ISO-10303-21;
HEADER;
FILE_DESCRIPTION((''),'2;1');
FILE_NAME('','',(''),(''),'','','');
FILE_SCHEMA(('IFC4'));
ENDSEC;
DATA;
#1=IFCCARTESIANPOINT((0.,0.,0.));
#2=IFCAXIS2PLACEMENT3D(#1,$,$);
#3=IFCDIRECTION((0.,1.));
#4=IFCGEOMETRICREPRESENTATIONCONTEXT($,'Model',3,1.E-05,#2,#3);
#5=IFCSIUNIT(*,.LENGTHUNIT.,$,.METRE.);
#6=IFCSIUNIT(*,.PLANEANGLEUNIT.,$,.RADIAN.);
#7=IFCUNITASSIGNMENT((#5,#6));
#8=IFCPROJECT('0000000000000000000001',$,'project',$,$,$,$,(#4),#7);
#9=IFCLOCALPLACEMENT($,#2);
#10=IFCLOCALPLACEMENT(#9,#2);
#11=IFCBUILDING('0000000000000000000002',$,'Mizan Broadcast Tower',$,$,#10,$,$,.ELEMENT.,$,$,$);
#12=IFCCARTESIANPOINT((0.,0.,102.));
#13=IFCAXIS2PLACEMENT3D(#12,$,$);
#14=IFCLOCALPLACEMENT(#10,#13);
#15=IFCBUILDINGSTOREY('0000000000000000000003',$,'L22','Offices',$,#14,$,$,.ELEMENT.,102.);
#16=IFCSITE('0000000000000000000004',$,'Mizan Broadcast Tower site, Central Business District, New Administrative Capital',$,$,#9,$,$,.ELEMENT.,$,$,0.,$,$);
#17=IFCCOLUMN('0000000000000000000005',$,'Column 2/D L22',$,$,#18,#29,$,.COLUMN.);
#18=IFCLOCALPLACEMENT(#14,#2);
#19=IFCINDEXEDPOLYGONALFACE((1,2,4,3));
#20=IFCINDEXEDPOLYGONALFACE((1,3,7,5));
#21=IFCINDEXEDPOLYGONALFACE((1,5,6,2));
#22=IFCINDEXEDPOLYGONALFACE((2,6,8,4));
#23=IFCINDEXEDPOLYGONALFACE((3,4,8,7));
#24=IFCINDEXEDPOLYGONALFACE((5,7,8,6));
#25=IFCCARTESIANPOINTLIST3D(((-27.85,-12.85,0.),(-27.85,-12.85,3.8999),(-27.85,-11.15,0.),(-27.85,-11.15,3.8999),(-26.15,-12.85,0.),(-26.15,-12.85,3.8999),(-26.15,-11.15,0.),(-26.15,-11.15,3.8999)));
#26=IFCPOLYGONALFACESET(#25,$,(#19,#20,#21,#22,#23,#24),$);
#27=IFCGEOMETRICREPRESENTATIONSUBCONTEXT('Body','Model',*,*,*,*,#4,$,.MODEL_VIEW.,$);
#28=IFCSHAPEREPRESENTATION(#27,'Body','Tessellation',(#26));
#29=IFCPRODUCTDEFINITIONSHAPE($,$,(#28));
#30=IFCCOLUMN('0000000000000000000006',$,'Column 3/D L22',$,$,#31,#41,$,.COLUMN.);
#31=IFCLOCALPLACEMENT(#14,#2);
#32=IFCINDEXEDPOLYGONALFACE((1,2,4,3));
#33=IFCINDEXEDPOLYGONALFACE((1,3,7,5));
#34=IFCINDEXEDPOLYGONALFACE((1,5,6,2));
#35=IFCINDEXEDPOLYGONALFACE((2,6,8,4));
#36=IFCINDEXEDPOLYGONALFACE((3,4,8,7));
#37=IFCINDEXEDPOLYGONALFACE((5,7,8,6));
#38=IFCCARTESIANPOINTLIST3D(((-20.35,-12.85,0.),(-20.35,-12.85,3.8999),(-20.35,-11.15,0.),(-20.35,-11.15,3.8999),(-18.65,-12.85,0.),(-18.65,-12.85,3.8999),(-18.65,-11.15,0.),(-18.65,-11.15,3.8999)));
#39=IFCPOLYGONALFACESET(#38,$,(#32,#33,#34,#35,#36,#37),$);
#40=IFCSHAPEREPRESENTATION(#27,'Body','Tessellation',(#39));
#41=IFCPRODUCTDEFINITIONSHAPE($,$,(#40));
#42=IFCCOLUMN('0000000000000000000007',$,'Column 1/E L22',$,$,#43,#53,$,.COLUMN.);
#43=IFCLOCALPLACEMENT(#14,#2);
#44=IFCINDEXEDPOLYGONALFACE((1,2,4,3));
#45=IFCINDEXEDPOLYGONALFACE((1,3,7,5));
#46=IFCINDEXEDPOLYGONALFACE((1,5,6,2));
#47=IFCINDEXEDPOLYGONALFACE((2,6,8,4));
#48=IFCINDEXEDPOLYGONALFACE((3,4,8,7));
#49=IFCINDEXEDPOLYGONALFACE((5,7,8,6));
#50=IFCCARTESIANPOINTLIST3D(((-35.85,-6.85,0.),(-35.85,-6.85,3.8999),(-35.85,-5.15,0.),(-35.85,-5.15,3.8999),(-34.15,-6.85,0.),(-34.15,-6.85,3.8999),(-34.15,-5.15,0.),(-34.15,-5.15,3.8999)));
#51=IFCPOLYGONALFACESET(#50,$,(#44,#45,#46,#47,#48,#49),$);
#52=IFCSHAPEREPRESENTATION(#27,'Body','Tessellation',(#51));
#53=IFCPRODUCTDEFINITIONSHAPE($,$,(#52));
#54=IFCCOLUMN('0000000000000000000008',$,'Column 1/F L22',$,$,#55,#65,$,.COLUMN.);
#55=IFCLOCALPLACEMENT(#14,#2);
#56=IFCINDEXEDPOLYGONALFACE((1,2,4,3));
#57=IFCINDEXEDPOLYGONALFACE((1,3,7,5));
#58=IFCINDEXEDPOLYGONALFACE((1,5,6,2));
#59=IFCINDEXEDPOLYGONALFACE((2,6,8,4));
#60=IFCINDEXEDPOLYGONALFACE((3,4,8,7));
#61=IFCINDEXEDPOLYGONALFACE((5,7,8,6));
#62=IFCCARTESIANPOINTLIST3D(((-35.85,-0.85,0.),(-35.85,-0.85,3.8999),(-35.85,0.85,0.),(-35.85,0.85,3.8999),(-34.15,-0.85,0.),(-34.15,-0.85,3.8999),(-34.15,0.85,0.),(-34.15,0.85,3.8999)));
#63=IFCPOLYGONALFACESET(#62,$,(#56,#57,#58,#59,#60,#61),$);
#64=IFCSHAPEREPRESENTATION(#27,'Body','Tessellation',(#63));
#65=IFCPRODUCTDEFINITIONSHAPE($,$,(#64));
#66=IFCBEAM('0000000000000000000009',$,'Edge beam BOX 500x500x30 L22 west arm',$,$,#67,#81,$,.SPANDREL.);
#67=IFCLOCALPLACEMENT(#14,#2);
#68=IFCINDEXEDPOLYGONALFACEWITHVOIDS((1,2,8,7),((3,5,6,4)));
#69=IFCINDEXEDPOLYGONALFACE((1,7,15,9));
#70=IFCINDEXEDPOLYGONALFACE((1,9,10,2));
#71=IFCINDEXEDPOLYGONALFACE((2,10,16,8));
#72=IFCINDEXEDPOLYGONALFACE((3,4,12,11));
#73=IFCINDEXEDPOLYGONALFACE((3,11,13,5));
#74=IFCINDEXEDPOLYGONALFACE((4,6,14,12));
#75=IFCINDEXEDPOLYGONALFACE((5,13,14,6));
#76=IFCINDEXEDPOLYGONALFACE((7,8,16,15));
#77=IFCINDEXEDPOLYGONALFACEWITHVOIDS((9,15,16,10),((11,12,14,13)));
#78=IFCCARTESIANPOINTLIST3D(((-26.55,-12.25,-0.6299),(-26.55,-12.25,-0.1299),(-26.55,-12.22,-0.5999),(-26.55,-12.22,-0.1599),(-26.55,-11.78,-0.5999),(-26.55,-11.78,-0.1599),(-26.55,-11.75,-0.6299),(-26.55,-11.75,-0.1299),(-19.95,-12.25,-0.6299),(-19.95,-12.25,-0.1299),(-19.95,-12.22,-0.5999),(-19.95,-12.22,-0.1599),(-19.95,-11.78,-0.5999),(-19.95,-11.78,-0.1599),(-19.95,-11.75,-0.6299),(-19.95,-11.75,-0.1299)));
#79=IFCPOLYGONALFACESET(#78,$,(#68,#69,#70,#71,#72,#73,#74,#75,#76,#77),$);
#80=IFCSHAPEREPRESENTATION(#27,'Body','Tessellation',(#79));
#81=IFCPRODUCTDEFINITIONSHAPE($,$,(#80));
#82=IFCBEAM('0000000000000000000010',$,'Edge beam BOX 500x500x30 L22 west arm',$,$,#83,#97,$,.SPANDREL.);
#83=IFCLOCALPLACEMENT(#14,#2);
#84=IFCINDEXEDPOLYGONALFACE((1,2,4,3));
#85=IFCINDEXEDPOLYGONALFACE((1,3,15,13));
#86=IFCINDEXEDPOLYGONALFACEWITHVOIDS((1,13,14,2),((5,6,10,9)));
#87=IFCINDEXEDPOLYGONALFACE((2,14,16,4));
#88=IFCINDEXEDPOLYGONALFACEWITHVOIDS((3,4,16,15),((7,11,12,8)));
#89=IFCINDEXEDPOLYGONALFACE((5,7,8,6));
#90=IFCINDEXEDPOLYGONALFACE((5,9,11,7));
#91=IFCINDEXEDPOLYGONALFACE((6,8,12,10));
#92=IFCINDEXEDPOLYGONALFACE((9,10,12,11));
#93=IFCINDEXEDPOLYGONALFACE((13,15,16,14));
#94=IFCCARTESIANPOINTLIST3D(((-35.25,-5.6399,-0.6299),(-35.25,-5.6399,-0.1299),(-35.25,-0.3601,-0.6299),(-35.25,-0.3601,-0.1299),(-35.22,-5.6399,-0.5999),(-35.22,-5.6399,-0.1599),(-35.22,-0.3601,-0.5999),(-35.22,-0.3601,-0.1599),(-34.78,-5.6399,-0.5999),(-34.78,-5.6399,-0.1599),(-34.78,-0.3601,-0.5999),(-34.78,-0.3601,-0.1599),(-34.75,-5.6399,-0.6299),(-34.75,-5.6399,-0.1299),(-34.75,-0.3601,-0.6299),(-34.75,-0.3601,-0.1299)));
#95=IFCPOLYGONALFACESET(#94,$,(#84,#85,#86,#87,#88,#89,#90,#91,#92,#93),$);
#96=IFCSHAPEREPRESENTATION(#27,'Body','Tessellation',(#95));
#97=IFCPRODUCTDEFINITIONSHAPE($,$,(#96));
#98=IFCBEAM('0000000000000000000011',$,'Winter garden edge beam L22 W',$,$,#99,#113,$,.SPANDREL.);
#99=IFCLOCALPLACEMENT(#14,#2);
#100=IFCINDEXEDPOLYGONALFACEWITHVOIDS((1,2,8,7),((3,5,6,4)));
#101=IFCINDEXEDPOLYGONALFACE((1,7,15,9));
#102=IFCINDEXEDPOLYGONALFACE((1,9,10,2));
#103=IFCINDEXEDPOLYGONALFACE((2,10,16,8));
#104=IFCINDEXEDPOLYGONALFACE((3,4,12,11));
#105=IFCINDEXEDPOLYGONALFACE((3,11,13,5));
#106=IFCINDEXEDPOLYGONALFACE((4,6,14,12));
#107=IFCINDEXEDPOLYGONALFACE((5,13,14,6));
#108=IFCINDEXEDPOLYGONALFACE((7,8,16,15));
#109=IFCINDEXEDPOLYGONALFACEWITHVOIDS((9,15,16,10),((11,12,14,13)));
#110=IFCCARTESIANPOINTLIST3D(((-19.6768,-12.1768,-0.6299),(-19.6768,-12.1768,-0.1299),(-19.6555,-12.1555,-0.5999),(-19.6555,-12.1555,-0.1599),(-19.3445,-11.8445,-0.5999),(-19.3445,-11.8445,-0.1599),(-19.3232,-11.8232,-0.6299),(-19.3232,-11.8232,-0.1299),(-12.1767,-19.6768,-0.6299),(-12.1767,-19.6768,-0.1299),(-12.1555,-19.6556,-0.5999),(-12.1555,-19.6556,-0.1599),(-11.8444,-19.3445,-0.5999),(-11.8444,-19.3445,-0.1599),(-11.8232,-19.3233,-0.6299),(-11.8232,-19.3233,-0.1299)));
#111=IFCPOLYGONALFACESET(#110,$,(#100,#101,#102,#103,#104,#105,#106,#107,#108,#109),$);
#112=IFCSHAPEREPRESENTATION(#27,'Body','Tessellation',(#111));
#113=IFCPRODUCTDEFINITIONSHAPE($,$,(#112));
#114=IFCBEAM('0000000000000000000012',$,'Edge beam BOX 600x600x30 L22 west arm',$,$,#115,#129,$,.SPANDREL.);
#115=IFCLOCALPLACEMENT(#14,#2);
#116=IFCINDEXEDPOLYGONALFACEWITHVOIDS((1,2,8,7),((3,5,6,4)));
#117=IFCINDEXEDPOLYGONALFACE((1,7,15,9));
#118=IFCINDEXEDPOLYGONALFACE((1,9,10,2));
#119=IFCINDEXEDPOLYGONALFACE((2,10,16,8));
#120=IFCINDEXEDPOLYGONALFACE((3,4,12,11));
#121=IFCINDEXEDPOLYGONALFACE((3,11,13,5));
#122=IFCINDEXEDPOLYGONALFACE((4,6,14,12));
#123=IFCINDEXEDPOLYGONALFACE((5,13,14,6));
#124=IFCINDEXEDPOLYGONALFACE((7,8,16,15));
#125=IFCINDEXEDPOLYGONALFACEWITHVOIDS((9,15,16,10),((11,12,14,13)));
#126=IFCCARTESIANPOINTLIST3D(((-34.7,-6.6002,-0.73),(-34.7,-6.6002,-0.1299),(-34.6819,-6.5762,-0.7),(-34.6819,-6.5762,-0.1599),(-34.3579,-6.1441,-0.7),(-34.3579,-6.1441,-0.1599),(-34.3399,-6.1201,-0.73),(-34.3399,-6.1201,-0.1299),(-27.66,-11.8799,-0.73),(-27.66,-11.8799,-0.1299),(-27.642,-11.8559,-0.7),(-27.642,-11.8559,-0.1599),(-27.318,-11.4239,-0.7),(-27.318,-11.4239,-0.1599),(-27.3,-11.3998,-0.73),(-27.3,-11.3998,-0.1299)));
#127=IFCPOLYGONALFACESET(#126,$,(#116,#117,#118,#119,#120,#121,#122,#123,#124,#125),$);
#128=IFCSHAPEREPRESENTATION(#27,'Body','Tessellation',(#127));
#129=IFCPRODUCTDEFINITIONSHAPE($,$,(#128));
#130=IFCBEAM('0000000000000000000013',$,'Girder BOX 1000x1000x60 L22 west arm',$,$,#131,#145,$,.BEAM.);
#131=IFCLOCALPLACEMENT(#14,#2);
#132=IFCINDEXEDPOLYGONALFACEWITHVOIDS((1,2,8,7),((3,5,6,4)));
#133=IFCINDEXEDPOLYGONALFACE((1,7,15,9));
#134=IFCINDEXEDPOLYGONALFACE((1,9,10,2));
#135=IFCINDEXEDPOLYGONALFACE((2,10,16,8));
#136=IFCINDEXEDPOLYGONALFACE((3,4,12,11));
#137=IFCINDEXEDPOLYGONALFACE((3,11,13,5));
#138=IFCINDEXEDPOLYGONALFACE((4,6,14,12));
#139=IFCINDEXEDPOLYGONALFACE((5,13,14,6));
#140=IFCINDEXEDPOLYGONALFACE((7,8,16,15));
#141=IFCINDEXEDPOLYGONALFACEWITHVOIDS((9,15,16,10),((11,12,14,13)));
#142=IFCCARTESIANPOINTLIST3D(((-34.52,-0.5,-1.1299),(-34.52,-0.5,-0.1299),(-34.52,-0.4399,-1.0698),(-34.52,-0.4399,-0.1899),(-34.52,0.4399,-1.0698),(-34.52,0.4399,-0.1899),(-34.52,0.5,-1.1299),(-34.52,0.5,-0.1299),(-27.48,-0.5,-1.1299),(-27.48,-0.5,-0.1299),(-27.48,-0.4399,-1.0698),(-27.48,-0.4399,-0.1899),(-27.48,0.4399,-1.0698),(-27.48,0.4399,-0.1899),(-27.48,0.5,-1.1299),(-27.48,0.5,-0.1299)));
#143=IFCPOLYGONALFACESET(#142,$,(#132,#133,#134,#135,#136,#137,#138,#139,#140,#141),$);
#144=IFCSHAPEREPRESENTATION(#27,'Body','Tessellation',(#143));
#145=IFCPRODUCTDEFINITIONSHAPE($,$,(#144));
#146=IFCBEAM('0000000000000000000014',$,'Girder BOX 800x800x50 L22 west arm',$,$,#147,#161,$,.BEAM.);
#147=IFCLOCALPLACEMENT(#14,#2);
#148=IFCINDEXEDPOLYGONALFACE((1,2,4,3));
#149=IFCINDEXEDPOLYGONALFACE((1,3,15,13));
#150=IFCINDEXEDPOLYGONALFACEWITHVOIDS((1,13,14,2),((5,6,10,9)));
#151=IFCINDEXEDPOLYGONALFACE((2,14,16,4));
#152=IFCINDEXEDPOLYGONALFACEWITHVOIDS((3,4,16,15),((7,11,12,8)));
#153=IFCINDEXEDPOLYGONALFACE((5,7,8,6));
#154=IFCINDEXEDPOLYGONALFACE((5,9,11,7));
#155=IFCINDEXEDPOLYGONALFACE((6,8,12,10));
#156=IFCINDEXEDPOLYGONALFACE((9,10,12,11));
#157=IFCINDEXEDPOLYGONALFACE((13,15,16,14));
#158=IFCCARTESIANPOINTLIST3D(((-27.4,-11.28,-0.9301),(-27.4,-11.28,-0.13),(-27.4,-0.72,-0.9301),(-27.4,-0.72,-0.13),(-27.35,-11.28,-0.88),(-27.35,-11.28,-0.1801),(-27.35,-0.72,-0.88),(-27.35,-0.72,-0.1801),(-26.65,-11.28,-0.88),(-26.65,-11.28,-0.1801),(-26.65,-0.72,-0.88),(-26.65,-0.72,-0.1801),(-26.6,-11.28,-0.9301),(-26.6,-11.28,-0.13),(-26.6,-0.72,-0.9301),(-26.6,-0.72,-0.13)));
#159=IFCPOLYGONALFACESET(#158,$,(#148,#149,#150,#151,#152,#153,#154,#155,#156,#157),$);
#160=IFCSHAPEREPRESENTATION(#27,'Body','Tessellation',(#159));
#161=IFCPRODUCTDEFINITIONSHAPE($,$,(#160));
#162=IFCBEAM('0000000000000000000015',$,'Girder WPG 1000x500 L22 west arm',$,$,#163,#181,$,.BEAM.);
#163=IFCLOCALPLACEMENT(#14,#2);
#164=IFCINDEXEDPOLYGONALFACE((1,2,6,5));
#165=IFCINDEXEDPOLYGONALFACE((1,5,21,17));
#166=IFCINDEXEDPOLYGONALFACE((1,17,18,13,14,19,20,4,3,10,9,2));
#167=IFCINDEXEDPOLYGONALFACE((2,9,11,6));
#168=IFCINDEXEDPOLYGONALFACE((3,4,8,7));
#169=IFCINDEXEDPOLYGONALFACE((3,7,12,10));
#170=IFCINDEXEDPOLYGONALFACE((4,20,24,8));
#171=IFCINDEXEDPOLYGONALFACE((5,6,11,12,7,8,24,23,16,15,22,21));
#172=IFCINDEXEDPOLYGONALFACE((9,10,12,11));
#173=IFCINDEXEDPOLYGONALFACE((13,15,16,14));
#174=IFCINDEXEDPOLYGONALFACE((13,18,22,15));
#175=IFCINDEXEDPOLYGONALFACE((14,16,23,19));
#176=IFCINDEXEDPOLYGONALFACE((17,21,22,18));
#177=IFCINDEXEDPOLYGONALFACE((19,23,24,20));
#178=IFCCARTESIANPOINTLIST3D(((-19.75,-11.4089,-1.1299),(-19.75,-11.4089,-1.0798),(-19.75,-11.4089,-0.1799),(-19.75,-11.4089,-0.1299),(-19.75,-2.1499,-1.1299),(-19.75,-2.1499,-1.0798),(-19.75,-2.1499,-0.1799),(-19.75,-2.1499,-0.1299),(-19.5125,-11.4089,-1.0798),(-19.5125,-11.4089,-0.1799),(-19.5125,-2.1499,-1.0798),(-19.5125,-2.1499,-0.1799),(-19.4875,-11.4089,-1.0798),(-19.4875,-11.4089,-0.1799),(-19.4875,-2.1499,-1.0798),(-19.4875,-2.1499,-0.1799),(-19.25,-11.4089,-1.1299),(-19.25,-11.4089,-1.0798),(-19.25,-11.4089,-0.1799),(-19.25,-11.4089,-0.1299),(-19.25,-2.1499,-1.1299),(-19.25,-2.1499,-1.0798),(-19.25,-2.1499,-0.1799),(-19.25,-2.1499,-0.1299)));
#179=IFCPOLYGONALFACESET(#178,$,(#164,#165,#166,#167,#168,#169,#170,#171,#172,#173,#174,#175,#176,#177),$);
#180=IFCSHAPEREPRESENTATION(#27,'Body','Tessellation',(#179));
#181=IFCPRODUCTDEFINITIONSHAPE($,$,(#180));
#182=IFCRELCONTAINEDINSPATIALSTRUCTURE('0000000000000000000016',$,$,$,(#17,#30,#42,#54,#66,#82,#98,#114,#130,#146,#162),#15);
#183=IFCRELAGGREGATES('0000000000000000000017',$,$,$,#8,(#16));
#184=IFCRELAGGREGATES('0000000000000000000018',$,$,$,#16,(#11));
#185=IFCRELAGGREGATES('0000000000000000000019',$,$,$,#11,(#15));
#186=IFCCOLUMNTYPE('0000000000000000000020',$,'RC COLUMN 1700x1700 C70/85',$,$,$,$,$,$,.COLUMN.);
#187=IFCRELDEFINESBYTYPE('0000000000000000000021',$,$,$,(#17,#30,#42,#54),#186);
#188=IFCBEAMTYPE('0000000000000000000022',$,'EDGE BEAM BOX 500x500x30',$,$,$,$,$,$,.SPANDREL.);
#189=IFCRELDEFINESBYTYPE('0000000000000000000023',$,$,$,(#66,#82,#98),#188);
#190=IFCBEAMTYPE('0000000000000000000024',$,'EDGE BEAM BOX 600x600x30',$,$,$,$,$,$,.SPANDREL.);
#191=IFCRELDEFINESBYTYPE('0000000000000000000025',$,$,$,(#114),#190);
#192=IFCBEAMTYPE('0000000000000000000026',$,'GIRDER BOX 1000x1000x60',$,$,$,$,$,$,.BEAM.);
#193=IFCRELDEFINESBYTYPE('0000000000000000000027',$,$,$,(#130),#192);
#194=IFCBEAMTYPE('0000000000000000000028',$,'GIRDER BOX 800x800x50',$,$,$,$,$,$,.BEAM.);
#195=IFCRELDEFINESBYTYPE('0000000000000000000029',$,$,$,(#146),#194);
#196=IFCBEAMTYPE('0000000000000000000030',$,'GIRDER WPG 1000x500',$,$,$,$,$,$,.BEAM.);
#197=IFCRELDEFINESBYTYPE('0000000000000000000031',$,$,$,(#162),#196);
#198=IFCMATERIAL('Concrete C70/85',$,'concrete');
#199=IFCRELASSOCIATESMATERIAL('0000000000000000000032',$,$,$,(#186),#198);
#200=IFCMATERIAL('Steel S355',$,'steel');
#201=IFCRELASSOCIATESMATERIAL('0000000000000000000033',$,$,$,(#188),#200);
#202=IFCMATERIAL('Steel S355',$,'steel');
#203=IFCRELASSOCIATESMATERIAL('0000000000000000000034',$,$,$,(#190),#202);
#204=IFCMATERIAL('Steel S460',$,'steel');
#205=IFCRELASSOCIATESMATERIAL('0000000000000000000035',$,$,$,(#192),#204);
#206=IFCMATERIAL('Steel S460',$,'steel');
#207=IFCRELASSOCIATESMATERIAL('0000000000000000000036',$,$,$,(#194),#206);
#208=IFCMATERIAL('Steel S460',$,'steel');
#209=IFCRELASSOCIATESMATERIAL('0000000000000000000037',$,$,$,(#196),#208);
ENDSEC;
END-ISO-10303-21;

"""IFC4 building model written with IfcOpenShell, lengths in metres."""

from ifc_helpers import new_model, si_unit, direction, frame, origin, origin_2d, place, context, subcontext, project, spatial, rectangle, hollow_rectangle, i_section, extrude, material, material_profile, profile_set, type_object, element, save


model = new_model("IFC4")

# Units and contexts
model_context = context("Model", 3, precision=1e-05, world=origin(), true_north=direction((0.0, 1.0)))
body_context = subcontext(model_context, "Body", "Model", "MODEL_VIEW")
ifc_project = project(units=[si_unit("LENGTHUNIT", "METRE"), si_unit("PLANEANGLEUNIT", "RADIAN")], contexts=[model_context])

# Site, building, storey
site_placement = place(None, origin())
site = spatial("IfcSite", under=ifc_project, at=site_placement, Name="Mizan Broadcast Tower site, Central Business District, New Administrative Capital", CompositionType="ELEMENT", RefElevation=0.0)
building_placement = place(site_placement, origin())
building = spatial("IfcBuilding", under=site, at=building_placement, Name="Mizan Broadcast Tower", CompositionType="ELEMENT")
storey_placement = place(building_placement, frame((0.0, 0.0, 102.0)))
storey = spatial("IfcBuildingStorey", under=building, at=storey_placement, Name="L22", Description="Offices", CompositionType="ELEMENT", Elevation=102.0)

# Columns
ifc_material_1 = material(Name="Concrete C70/85", Category="concrete")
ifc_material_profile_1 = material_profile(ifc_material_1, rectangle(XDim=1.7, YDim=1.7, at=origin_2d()), Name="RC 1700x1700")
ifc_profile_set_1 = profile_set([ifc_material_profile_1], Name="Concrete C70/85")
column_type = type_object("IfcColumnType", Name="RC COLUMN 1700x1700 C70/85", PredefinedType="COLUMN", material=ifc_profile_set_1)
for number, where, z_axis, x_axis, name in (
    (1, (-27.0, -12.0, 0.0), (0.0, 0.0, 1.0), (1.0, 0.0, 0.0), "Column 2/D L22"),
    (2, (-19.5, -12.0, 0.0), (0.0, 0.0, 1.0), (1.0, 0.0, 0.0), "Column 3/D L22"),
    (3, (-35.0, -6.0, 0.0), (0.0, 0.0, 1.0), (1.0, 0.0, 0.0), "Column 1/E L22"),
    (4, (-35.0, 0.0, 0.0), (0.0, 0.0, 1.0), (1.0, 0.0, 0.0), "Column 1/F L22"),
):
    element("IfcColumn", number, at=place(storey_placement, frame(where, z_axis=z_axis, x_axis=x_axis)), inside=storey, type_object=column_type, Name=name, PredefinedType="COLUMN", context=body_context, shape_type="SweptSolid", body=[
        extrude(rectangle(XDim=1.7, YDim=1.7, at=origin_2d()), origin(), (0.0, 0.0, 1.0), 3.8999),
    ])

# Beams
ifc_material_2 = material(Name="Steel S355", Category="steel")
ifc_material_profile_2 = material_profile(ifc_material_2, hollow_rectangle(XDim=0.5, YDim=0.5, WallThickness=0.03, at=origin_2d()), Name="BOX 500x500x30")
ifc_profile_set_2 = profile_set([ifc_material_profile_2], Name="Steel S355")
beam_type_1 = type_object("IfcBeamType", Name="EDGE BEAM BOX 500x500x30", PredefinedType="SPANDREL", material=ifc_profile_set_2)
beam_1_placement = place(storey_placement, frame((-19.95, -12.0, -0.3799), z_axis=(-1.0, 0.0, 0.0), x_axis=(0.0, -1.0, 0.0)))
element("IfcBeam", 5, at=beam_1_placement, inside=storey, type_object=beam_type_1, Name="Edge beam BOX 500x500x30 L22 west arm", PredefinedType="SPANDREL", context=body_context, shape_type="SweptSolid", body=[
    extrude(hollow_rectangle(XDim=0.5, YDim=0.5, WallThickness=0.03, at=origin_2d()), origin(), (0.0, 0.0, 1.0), 6.6001),
])
beam_2_placement = place(storey_placement, frame((-35.0, -5.6399, -0.3799), z_axis=(0.0, 1.0, 0.0), x_axis=(-1.0, 0.0, 0.0)))
element("IfcBeam", 6, at=beam_2_placement, inside=storey, type_object=beam_type_1, Name="Edge beam BOX 500x500x30 L22 west arm", PredefinedType="SPANDREL", context=body_context, shape_type="SweptSolid", body=[
    extrude(hollow_rectangle(XDim=0.5, YDim=0.5, WallThickness=0.03, at=origin_2d()), origin(), (0.0, 0.0, 1.0), 5.2798),
])
beam_3_placement = place(storey_placement, frame((-19.5, -12.0, -0.3799), z_axis=(0.707107, -0.707107, 0.0), x_axis=(0.707107, 0.707107, 0.0)))
element("IfcBeam", 7, at=beam_3_placement, inside=storey, type_object=beam_type_1, Name="Winter garden edge beam L22 W", PredefinedType="SPANDREL", context=body_context, shape_type="SweptSolid", body=[
    extrude(hollow_rectangle(XDim=0.5, YDim=0.5, WallThickness=0.03, at=origin_2d()), origin(), (0.0, 0.0, 1.0), 10.6067),
])
ifc_material_3 = material(Name="Steel S355", Category="steel")
ifc_material_profile_3 = material_profile(ifc_material_3, hollow_rectangle(XDim=0.6001, YDim=0.6001, WallThickness=0.03, at=origin_2d()), Name="BOX 600x600x30")
ifc_profile_set_3 = profile_set([ifc_material_profile_3], Name="Steel S355")
beam_type_2 = type_object("IfcBeamType", Name="EDGE BEAM BOX 600x600x30", PredefinedType="SPANDREL", material=ifc_profile_set_3)
beam_4_placement = place(storey_placement, frame((-27.48, -11.6399, -0.4299), z_axis=(-0.800013, 0.599982, 0.0), x_axis=(-0.599982, -0.800013, 0.0)))
element("IfcBeam", 8, at=beam_4_placement, inside=storey, type_object=beam_type_2, Name="Edge beam BOX 600x600x30 L22 west arm", PredefinedType="SPANDREL", context=body_context, shape_type="SweptSolid", body=[
    extrude(hollow_rectangle(XDim=0.6001, YDim=0.6001, WallThickness=0.03, at=origin_2d()), origin(), (0.0, 0.0, 1.0), 8.7998),
])
ifc_material_4 = material(Name="Steel S460", Category="steel")
ifc_material_profile_4 = material_profile(ifc_material_4, hollow_rectangle(XDim=1.0, YDim=1.0, WallThickness=0.0601, at=origin_2d()), Name="BOX 1000x1000x60")
ifc_profile_set_4 = profile_set([ifc_material_profile_4], Name="Steel S460")
beam_type_3 = type_object("IfcBeamType", Name="GIRDER BOX 1000x1000x60", PredefinedType="BEAM", material=ifc_profile_set_4)
beam_5_placement = place(storey_placement, frame((-27.48, 0.0, -0.6299), z_axis=(-1.0, 0.0, 0.0), x_axis=(0.0, -1.0, 0.0)))
element("IfcBeam", 9, at=beam_5_placement, inside=storey, type_object=beam_type_3, Name="Girder BOX 1000x1000x60 L22 west arm", PredefinedType="BEAM", context=body_context, shape_type="SweptSolid", body=[
    extrude(hollow_rectangle(XDim=1.0, YDim=1.0, WallThickness=0.0601, at=origin_2d()), origin(), (0.0, 0.0, 1.0), 7.04),
])
ifc_material_5 = material(Name="Steel S460", Category="steel")
ifc_material_profile_5 = material_profile(ifc_material_5, hollow_rectangle(XDim=0.8, YDim=0.8, WallThickness=0.05, at=origin_2d()), Name="BOX 800x800x50")
ifc_profile_set_5 = profile_set([ifc_material_profile_5], Name="Steel S460")
beam_type_4 = type_object("IfcBeamType", Name="GIRDER BOX 800x800x50", PredefinedType="BEAM", material=ifc_profile_set_5)
beam_6_placement = place(storey_placement, frame((-27.0, -11.28, -0.53), z_axis=(0.0, 1.0, 0.0), x_axis=(-1.0, 0.0, 0.0)))
element("IfcBeam", 10, at=beam_6_placement, inside=storey, type_object=beam_type_4, Name="Girder BOX 800x800x50 L22 west arm", PredefinedType="BEAM", context=body_context, shape_type="SweptSolid", body=[
    extrude(hollow_rectangle(XDim=0.8, YDim=0.8, WallThickness=0.05, at=origin_2d()), origin(), (0.0, 0.0, 1.0), 10.5601),
])
ifc_material_6 = material(Name="Steel S460", Category="steel")
ifc_material_profile_6 = material_profile(ifc_material_6, i_section(OverallWidth=0.5, OverallDepth=1.0, WebThickness=0.0249, FlangeThickness=0.05, at=origin_2d()), Name="WPG 1000x500")
ifc_profile_set_6 = profile_set([ifc_material_profile_6], Name="Steel S460")
beam_type_5 = type_object("IfcBeamType", Name="GIRDER WPG 1000x500", PredefinedType="BEAM", material=ifc_profile_set_6)
beam_7_placement = place(storey_placement, frame((-19.5, -11.4089, -0.6299), z_axis=(0.0, 1.0, 0.0), x_axis=(-1.0, 0.0, 0.0)))
element("IfcBeam", 11, at=beam_7_placement, inside=storey, type_object=beam_type_5, Name="Girder WPG 1000x500 L22 west arm", PredefinedType="BEAM", context=body_context, shape_type="SweptSolid", body=[
    extrude(i_section(OverallWidth=0.5, OverallDepth=1.0, WebThickness=0.0249, FlangeThickness=0.05, at=origin_2d()), origin(), (0.0, 0.0, 1.0), 9.259),
])

save(model, "model.ifc")
